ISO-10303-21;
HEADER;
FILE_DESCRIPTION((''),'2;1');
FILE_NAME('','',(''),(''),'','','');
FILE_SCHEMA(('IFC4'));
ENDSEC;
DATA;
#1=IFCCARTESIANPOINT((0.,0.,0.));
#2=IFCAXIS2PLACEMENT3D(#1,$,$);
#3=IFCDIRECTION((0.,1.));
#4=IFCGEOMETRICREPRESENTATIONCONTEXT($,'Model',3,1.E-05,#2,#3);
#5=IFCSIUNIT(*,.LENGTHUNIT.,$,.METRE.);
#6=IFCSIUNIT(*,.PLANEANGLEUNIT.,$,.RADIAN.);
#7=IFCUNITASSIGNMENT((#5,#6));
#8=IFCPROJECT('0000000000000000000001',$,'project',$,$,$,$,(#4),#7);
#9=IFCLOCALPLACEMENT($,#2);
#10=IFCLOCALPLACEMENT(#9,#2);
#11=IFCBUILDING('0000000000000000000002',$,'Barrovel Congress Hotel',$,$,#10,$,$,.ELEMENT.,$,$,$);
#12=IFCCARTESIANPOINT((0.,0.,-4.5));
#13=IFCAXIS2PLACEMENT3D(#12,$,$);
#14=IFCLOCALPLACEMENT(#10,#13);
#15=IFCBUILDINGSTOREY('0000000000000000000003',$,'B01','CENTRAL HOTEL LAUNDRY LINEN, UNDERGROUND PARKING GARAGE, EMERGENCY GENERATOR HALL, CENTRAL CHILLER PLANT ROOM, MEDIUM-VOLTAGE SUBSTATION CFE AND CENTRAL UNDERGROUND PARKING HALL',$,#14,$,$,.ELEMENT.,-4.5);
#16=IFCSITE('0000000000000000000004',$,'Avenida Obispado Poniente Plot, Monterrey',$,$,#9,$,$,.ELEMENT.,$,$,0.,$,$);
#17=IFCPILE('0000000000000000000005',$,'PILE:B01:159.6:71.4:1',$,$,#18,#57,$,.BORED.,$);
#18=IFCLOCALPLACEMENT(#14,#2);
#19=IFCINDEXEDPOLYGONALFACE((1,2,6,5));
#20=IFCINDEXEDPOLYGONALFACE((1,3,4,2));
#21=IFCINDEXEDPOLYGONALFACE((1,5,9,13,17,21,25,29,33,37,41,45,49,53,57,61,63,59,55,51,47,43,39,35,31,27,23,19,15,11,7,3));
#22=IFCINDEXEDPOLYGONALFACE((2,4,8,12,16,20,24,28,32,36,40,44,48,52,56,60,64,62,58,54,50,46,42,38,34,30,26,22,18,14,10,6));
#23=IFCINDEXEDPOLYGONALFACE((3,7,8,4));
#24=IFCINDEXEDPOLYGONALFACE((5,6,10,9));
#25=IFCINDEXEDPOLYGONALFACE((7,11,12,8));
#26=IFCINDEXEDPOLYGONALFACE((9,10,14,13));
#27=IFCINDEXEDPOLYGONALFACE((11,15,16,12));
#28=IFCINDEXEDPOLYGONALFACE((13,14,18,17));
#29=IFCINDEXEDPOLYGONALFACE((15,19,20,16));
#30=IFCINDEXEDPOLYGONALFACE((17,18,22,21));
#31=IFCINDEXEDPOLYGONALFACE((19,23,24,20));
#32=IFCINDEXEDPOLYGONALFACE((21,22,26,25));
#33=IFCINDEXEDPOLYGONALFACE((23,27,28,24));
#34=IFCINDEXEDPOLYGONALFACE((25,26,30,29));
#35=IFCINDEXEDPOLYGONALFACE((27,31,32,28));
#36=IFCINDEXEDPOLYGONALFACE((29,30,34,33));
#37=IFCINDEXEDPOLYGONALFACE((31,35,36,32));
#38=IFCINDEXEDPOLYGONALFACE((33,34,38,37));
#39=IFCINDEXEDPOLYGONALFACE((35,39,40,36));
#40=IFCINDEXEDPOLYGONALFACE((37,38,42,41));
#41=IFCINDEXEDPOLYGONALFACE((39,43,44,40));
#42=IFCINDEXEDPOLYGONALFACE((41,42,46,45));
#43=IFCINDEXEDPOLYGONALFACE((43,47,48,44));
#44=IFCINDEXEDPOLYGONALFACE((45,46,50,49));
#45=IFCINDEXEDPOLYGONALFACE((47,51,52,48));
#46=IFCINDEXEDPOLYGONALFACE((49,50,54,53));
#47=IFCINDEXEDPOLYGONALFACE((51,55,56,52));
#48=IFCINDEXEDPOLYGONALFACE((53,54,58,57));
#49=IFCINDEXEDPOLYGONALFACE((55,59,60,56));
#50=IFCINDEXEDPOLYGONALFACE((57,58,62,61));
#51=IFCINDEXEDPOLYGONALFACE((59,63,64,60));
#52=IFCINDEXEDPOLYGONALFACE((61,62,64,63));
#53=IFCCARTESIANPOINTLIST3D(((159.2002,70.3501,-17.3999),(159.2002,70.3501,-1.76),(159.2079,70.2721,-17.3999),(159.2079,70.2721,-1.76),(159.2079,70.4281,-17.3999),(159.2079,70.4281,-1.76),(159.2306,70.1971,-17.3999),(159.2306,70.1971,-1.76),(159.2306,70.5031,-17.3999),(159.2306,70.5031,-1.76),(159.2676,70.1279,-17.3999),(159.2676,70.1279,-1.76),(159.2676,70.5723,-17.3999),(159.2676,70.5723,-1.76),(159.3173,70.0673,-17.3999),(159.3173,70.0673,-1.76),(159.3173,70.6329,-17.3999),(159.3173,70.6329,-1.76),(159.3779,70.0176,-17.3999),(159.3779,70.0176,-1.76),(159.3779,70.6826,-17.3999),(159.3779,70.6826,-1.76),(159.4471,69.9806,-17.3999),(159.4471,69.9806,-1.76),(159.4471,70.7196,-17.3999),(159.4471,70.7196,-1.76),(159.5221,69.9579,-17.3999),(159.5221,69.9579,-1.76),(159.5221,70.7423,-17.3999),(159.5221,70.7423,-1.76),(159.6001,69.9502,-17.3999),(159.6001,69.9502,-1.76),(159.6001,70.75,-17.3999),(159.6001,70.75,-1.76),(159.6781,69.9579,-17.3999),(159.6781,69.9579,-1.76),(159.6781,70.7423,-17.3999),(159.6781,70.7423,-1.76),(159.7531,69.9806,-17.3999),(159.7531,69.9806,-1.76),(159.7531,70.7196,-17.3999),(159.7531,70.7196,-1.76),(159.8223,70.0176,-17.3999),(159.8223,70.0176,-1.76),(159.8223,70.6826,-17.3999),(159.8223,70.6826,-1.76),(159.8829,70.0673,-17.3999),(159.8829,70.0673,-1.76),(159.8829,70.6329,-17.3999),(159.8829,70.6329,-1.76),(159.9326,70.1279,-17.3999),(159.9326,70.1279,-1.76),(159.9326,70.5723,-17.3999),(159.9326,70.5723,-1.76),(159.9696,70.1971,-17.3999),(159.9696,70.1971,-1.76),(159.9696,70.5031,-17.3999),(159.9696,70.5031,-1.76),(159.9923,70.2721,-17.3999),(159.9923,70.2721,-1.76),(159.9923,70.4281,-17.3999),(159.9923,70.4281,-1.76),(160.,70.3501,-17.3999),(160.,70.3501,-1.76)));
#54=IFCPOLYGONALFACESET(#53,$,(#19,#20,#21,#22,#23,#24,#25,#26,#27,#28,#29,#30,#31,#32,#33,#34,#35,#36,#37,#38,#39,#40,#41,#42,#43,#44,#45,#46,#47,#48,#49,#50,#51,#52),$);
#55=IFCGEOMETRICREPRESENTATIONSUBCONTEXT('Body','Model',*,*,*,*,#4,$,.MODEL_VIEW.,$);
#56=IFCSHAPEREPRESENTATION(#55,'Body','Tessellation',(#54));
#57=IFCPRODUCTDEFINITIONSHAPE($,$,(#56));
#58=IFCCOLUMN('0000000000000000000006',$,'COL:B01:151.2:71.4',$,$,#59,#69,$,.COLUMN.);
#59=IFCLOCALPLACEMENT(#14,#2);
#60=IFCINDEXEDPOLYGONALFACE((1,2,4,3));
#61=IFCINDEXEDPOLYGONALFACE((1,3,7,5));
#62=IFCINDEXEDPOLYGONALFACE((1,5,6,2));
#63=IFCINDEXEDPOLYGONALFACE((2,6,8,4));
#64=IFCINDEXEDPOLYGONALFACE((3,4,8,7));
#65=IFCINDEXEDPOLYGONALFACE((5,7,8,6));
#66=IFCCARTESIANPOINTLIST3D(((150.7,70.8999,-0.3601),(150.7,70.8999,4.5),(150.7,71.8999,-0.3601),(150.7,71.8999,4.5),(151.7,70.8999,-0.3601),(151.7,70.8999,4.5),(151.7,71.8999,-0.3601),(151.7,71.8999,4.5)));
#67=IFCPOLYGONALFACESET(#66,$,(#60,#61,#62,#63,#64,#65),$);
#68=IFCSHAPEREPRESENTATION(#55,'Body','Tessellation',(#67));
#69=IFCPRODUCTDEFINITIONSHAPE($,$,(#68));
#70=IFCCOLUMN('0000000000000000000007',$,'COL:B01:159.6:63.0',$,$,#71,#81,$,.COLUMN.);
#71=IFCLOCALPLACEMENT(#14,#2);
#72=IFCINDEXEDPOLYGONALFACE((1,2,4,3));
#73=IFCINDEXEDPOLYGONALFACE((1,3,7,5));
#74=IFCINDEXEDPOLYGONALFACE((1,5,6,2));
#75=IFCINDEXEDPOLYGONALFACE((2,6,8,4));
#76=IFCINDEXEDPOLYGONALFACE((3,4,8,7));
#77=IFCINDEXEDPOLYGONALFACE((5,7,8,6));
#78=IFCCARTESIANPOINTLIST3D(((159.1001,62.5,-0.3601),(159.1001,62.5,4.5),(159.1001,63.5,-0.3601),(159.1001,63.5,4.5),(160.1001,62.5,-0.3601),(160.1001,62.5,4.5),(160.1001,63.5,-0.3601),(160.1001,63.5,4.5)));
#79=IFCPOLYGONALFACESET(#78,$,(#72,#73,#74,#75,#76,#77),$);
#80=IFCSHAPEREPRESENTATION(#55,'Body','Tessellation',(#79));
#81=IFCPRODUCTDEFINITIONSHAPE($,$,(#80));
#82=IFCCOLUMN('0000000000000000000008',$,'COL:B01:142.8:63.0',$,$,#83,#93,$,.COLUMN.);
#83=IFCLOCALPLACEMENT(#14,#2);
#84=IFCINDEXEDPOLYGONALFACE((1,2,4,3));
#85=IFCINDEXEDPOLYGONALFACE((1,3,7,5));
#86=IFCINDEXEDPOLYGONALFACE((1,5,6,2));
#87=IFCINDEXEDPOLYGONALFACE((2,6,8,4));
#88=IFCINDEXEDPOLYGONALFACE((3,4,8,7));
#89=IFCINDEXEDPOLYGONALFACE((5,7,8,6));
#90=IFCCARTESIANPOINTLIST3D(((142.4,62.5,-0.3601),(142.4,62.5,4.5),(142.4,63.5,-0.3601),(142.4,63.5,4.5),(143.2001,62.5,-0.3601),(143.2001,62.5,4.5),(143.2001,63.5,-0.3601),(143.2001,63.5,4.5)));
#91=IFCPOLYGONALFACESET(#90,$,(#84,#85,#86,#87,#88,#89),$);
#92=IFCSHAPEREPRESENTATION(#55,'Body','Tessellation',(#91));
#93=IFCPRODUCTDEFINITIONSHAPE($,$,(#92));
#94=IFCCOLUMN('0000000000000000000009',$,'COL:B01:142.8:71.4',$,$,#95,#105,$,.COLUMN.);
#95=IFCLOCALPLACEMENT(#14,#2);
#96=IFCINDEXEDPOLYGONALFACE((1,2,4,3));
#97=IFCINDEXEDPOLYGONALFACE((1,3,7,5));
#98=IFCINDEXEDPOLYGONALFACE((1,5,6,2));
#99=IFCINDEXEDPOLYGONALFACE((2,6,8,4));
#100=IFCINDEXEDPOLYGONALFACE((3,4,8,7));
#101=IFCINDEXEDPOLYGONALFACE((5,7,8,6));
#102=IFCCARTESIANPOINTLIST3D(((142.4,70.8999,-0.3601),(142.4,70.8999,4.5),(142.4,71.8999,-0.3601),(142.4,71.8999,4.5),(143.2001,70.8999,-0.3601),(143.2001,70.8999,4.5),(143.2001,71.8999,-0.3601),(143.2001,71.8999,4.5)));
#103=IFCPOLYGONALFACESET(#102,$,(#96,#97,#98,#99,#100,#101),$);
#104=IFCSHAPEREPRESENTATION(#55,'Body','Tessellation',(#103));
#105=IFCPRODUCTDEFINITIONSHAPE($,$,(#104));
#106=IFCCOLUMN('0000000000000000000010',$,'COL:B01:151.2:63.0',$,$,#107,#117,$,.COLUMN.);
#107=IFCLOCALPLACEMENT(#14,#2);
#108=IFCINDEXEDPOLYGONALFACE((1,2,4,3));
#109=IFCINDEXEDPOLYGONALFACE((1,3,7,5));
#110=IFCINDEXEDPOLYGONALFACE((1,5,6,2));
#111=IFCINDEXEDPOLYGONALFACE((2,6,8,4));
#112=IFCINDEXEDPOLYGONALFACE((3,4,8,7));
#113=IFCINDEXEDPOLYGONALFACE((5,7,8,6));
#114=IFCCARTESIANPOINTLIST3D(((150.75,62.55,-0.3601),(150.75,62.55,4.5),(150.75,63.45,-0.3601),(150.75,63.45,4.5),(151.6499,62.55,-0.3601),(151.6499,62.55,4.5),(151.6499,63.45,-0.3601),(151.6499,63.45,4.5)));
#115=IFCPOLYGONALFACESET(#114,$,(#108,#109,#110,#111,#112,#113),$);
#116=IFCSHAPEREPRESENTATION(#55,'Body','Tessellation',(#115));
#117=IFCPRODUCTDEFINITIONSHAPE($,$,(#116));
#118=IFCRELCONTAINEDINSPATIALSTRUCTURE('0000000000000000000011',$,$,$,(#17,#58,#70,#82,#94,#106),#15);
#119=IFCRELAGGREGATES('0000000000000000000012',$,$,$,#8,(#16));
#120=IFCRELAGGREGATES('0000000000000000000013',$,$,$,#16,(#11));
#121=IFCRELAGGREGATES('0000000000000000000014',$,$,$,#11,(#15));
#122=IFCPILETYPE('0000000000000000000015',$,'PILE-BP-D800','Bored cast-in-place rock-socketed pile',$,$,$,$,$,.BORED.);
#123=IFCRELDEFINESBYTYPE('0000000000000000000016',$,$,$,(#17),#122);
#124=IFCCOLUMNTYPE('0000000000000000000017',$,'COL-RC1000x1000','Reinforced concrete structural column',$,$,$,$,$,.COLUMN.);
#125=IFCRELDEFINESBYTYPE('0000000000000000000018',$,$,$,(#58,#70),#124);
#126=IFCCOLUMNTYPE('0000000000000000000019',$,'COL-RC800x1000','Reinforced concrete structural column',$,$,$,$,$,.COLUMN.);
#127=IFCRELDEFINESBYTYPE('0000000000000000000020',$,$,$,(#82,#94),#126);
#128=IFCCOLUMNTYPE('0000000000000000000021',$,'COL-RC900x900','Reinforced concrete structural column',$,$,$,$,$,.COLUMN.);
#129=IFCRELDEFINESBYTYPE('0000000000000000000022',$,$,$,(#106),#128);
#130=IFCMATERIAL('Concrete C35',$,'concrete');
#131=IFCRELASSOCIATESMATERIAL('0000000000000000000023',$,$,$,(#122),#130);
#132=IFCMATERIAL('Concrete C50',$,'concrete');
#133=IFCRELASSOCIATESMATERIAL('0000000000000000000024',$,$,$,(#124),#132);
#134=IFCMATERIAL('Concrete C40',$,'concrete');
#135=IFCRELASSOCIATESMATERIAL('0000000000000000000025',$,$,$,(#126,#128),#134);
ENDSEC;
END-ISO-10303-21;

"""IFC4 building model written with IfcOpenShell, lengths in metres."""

from ifc_helpers import new_model, si_unit, direction, frame, origin, origin_2d, place, context, subcontext, project, spatial, rectangle, circle, extrude, material, material_profile, profile_set, type_object, element, save


model = new_model("IFC4")

# Units and contexts
model_context = context("Model", 3, precision=1e-05, world=origin(), true_north=direction((0.0, 1.0)))
body_context = subcontext(model_context, "Body", "Model", "MODEL_VIEW")
ifc_project = project(units=[si_unit("LENGTHUNIT", "METRE"), si_unit("PLANEANGLEUNIT", "RADIAN")], contexts=[model_context])

# Site, building, storey
site_placement = place(None, origin())
site = spatial("IfcSite", under=ifc_project, at=site_placement, Name="Avenida Obispado Poniente Plot, Monterrey", CompositionType="ELEMENT", RefElevation=0.0)
building_placement = place(site_placement, origin())
building = spatial("IfcBuilding", under=site, at=building_placement, Name="Barrovel Congress Hotel", CompositionType="ELEMENT")
storey_placement = place(building_placement, frame((0.0, 0.0, -4.5)))
storey = spatial("IfcBuildingStorey", under=building, at=storey_placement, Name="B01", Description="CENTRAL HOTEL LAUNDRY LINEN, UNDERGROUND PARKING GARAGE, EMERGENCY GENERATOR HALL, CENTRAL CHILLER PLANT ROOM, MEDIUM-VOLTAGE SUBSTATION CFE AND CENTRAL UNDERGROUND PARKING HALL", CompositionType="ELEMENT", Elevation=-4.5)

# Shared definitions
ifc_material_1 = material(Name="Concrete C40", Category="concrete")

# Pile
ifc_material_2 = material(Name="Concrete C35", Category="concrete")
ifc_material_profile_1 = material_profile(ifc_material_2, circle(Radius=0.3999, at=origin_2d()), Name="BP-D800")
ifc_profile_set_1 = profile_set([ifc_material_profile_1], Name="Concrete C35")
pile_type_1 = type_object("IfcPileType", Name="PILE-BP-D800", Description="Bored cast-in-place rock-socketed pile", PredefinedType="BORED", material=ifc_profile_set_1)
for number, where, z_axis, x_axis, name in (
    (1, (159.6001, 70.3501, -1.76), (0.0, 0.0, -1.0), (1.0, 0.0, 0.0), "PILE:B01:159.6:71.4:1"),
):
    element("IfcPile", number, at=place(storey_placement, frame(where, z_axis=z_axis, x_axis=x_axis)), inside=storey, type_object=pile_type_1, Name=name, PredefinedType="BORED", context=body_context, shape_type="SweptSolid", body=[
        extrude(circle(Radius=0.3999, at=origin_2d()), origin(), (0.0, 0.0, 1.0), 15.6399),
    ])

# Columns
ifc_material_3 = material(Name="Concrete C50", Category="concrete")
ifc_material_profile_2 = material_profile(ifc_material_3, rectangle(XDim=1.0, YDim=1.0, at=origin_2d()), Name="RC1000x1000")
ifc_profile_set_2 = profile_set([ifc_material_profile_2], Name="Concrete C50")
column_type_1 = type_object("IfcColumnType", Name="COL-RC1000x1000", Description="Reinforced concrete structural column", PredefinedType="COLUMN", material=ifc_profile_set_2)
for number, where, z_axis, x_axis, name in (
    (2, (151.2, 71.3999, -0.3601), (0.0, 0.0, 1.0), (1.0, 0.0, 0.0), "COL:B01:151.2:71.4"),
    (3, (159.6001, 63.0, -0.3601), (0.0, 0.0, 1.0), (1.0, 0.0, 0.0), "COL:B01:159.6:63.0"),
):
    element("IfcColumn", number, at=place(storey_placement, frame(where, z_axis=z_axis, x_axis=x_axis)), inside=storey, type_object=column_type_1, Name=name, PredefinedType="COLUMN", context=body_context, shape_type="SweptSolid", body=[
        extrude(rectangle(XDim=1.0, YDim=1.0, at=origin_2d()), origin(), (0.0, 0.0, 1.0), 4.8601),
    ])
ifc_material_profile_3 = material_profile(ifc_material_1, rectangle(XDim=0.8, YDim=1.0, at=origin_2d()), Name="RC800x1000")
ifc_profile_set_3 = profile_set([ifc_material_profile_3], Name="Concrete C40")
column_type_2 = type_object("IfcColumnType", Name="COL-RC800x1000", Description="Reinforced concrete structural column", PredefinedType="COLUMN", material=ifc_profile_set_3)
for number, where, z_axis, x_axis, name in (
    (4, (142.8, 63.0, -0.3601), (0.0, 0.0, 1.0), (1.0, 0.0, 0.0), "COL:B01:142.8:63.0"),
    (5, (142.8, 71.3999, -0.3601), (0.0, 0.0, 1.0), (1.0, 0.0, 0.0), "COL:B01:142.8:71.4"),
):
    element("IfcColumn", number, at=place(storey_placement, frame(where, z_axis=z_axis, x_axis=x_axis)), inside=storey, type_object=column_type_2, Name=name, PredefinedType="COLUMN", context=body_context, shape_type="SweptSolid", body=[
        extrude(rectangle(XDim=0.8, YDim=1.0, at=origin_2d()), origin(), (0.0, 0.0, 1.0), 4.8601),
    ])
ifc_material_profile_4 = material_profile(ifc_material_1, rectangle(XDim=0.8999, YDim=0.8999, at=origin_2d()), Name="RC900x900")
ifc_profile_set_4 = profile_set([ifc_material_profile_4], Name="Concrete C40")
column_type_3 = type_object("IfcColumnType", Name="COL-RC900x900", Description="Reinforced concrete structural column", PredefinedType="COLUMN", material=ifc_profile_set_4)
column_placement = place(storey_placement, frame((151.2, 63.0, -0.3601), z_axis=(0.0, 0.0, 1.0), x_axis=(1.0, 0.0, 0.0)))
element("IfcColumn", 6, at=column_placement, inside=storey, type_object=column_type_3, Name="COL:B01:151.2:63.0", PredefinedType="COLUMN", context=body_context, shape_type="SweptSolid", body=[
    extrude(rectangle(XDim=0.8999, YDim=0.8999, at=origin_2d()), origin(), (0.0, 0.0, 1.0), 4.8601),
])

save(model, "model.ifc")
